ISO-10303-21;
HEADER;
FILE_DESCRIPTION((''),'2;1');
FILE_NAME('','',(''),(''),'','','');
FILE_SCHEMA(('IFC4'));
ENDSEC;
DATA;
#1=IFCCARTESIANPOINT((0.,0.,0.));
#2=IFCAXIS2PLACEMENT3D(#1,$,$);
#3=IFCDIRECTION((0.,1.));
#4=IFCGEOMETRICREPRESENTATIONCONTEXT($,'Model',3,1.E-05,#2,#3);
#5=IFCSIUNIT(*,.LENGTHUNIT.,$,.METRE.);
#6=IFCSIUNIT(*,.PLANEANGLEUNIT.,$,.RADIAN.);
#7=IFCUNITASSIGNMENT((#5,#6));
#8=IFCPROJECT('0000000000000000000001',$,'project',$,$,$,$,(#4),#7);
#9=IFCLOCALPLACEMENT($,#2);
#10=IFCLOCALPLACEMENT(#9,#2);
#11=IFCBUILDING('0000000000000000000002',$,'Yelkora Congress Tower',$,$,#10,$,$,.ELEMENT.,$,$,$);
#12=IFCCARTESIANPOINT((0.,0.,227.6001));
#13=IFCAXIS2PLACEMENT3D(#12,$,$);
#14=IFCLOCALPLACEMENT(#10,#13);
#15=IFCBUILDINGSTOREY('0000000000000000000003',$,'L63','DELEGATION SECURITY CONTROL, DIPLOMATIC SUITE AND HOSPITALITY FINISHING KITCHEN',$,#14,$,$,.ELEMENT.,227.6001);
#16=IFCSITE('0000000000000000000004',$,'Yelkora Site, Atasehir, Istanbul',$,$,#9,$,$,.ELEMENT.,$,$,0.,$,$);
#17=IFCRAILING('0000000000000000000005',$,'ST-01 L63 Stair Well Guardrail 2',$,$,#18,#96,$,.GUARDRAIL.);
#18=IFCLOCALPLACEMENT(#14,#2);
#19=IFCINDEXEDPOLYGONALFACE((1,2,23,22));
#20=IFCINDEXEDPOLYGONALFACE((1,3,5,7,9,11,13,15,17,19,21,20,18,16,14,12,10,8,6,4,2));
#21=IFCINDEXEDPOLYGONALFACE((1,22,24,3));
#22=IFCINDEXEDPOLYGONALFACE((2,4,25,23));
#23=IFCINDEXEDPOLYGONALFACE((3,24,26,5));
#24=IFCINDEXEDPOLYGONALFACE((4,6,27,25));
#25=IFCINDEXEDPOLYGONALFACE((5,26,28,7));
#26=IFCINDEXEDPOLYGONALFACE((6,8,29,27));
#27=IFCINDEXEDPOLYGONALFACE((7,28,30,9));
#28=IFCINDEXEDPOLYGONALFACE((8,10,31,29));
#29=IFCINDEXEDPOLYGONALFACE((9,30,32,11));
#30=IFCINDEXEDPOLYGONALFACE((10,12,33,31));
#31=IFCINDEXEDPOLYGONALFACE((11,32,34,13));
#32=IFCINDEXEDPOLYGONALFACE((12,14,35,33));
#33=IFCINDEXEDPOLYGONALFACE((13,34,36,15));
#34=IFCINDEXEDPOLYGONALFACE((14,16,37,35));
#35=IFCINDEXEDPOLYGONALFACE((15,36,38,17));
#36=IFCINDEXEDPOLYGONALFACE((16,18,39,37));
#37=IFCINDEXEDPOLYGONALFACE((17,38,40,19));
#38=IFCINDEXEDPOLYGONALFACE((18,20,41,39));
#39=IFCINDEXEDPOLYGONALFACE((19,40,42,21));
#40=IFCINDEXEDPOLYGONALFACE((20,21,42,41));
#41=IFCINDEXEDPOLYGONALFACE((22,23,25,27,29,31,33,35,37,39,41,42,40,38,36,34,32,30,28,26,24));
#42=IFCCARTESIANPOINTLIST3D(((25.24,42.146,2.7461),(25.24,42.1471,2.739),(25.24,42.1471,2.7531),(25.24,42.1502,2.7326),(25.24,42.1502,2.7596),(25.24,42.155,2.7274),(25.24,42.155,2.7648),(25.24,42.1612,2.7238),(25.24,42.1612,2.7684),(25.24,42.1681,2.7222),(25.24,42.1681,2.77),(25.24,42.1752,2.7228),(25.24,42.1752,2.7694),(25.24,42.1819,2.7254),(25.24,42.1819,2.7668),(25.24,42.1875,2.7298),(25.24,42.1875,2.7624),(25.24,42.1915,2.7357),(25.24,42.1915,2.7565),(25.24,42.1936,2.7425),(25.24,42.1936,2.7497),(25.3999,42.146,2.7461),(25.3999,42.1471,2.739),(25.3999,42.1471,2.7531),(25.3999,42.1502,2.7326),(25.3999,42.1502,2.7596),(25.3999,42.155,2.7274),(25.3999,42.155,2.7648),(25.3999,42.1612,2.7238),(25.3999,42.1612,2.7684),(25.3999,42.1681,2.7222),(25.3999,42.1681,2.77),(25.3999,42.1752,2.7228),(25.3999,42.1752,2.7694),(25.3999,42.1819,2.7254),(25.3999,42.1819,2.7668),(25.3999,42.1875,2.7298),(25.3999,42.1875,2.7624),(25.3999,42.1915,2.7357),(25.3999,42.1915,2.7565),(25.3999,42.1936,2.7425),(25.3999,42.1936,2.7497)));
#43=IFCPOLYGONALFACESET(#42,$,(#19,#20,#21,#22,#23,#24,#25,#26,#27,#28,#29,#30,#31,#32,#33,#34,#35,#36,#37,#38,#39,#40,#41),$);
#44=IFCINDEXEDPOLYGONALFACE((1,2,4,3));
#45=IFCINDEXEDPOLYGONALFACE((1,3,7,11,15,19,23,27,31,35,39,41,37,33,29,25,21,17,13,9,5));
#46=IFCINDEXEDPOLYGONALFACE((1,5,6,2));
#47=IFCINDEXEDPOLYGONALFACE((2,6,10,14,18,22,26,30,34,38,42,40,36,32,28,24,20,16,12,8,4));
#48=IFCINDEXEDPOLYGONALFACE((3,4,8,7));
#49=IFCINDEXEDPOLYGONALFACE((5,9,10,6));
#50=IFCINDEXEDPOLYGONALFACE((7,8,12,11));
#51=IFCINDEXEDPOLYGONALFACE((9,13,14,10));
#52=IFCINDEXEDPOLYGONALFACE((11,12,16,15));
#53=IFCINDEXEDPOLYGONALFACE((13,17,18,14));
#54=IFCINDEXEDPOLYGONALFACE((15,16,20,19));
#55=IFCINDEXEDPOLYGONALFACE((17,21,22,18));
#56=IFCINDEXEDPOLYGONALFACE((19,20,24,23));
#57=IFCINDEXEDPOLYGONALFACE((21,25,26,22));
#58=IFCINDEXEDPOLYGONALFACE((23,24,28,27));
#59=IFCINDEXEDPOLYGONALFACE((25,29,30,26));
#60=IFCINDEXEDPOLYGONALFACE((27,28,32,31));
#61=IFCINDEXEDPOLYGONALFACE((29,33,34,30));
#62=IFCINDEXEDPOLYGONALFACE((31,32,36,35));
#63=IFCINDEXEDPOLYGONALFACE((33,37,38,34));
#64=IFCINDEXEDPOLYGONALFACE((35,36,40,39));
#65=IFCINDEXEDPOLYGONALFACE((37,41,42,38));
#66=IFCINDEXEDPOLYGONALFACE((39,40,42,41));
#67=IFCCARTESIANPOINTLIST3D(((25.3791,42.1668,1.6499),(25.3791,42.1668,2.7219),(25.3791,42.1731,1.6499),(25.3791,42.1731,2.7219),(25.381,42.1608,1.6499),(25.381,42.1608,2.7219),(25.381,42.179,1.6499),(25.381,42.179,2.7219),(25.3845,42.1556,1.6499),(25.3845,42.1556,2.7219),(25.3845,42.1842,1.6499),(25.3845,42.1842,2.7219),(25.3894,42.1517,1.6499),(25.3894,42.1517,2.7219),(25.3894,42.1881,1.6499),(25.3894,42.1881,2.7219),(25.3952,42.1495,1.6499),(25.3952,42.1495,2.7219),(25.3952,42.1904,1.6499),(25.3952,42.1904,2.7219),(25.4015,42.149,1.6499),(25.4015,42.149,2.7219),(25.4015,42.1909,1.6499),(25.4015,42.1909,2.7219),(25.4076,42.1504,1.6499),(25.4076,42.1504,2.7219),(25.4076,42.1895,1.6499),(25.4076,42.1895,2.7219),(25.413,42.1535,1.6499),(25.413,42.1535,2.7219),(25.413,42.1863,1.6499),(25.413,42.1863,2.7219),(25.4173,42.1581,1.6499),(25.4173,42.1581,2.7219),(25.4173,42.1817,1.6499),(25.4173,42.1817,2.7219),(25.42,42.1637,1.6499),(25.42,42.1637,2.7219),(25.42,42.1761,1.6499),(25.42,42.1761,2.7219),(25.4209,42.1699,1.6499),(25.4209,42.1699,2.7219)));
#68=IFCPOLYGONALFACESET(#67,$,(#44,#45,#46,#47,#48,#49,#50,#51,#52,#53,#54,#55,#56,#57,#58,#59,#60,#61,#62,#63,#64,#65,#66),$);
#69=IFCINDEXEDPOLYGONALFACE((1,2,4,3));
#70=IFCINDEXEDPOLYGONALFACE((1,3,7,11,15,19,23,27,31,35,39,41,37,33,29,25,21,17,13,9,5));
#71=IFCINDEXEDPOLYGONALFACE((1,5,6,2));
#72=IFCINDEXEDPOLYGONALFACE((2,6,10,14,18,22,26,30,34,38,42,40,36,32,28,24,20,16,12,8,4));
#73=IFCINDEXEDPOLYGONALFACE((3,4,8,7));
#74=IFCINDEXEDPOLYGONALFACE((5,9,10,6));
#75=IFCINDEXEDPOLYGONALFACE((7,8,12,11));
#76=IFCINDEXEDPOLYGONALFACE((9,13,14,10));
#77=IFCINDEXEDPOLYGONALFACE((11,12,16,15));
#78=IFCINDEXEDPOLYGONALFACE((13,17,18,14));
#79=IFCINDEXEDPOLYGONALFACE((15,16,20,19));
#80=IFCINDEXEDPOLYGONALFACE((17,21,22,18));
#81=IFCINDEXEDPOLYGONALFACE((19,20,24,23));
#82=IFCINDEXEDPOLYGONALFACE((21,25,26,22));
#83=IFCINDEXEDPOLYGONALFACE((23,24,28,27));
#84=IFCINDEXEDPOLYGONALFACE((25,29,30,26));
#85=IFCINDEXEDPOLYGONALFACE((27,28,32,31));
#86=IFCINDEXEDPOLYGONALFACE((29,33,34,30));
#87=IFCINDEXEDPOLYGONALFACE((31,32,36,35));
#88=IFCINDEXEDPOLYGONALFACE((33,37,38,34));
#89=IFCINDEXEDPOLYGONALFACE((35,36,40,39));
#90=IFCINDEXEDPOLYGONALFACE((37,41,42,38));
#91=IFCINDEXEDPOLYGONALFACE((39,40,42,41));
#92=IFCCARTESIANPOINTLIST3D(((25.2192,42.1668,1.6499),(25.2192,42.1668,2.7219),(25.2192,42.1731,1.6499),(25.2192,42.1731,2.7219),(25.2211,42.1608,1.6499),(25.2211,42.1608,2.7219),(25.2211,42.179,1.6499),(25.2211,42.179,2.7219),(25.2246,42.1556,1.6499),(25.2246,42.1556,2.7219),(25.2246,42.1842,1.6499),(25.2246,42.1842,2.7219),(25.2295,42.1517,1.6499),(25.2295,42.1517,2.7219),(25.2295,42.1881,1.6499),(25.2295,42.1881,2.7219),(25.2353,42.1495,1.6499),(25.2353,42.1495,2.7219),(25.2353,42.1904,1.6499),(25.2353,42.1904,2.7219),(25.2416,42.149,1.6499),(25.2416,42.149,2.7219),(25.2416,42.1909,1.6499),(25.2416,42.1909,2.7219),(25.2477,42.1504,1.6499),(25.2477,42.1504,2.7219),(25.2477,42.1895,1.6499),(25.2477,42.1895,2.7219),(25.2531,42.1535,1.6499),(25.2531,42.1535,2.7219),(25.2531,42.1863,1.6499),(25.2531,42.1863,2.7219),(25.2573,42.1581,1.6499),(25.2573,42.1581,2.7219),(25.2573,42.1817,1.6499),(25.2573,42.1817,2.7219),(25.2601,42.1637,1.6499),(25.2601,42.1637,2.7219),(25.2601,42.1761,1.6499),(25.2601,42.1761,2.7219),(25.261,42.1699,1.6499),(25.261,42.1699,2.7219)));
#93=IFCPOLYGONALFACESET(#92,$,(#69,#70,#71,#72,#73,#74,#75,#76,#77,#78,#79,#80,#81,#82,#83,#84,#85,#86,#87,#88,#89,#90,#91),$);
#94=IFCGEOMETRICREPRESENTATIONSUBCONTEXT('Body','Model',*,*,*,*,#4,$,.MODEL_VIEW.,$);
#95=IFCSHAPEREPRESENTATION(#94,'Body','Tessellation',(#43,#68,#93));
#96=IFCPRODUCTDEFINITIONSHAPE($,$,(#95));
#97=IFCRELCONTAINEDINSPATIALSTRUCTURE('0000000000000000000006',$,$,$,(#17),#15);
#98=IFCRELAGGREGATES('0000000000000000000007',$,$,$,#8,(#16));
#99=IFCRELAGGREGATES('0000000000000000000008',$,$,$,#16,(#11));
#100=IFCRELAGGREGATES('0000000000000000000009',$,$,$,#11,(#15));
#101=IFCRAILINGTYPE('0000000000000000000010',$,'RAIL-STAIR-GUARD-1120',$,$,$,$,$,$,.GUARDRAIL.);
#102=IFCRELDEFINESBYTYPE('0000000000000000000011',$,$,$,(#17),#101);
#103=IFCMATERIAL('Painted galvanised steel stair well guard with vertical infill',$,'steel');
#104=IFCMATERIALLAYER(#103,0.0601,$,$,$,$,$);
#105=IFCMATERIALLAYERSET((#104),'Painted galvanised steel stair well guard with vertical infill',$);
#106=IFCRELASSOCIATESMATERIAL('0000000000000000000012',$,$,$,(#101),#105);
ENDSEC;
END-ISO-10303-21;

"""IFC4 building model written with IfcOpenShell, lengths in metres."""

from ifc_helpers import new_model, si_unit, direction, frame, origin, origin_2d, place, context, subcontext, project, spatial, circle, extrude, material, layer, layer_set, type_object, element, save


model = new_model("IFC4")

# Units and contexts
model_context = context("Model", 3, precision=1e-05, world=origin(), true_north=direction((0.0, 1.0)))
body_context = subcontext(model_context, "Body", "Model", "MODEL_VIEW")
ifc_project = project(units=[si_unit("LENGTHUNIT", "METRE"), si_unit("PLANEANGLEUNIT", "RADIAN")], contexts=[model_context])

# Site, building, storey
site_placement = place(None, origin())
site = spatial("IfcSite", under=ifc_project, at=site_placement, Name="Yelkora Site, Atasehir, Istanbul", CompositionType="ELEMENT", RefElevation=0.0)
building_placement = place(site_placement, origin())
building = spatial("IfcBuilding", under=site, at=building_placement, Name="Yelkora Congress Tower", CompositionType="ELEMENT")
storey_placement = place(building_placement, frame((0.0, 0.0, 227.6001)))
storey = spatial("IfcBuildingStorey", under=building, at=storey_placement, Name="L63", Description="DELEGATION SECURITY CONTROL, DIPLOMATIC SUITE AND HOSPITALITY FINISHING KITCHEN", CompositionType="ELEMENT", Elevation=227.6001)

# Railing
ifc_material_1 = material(Name="Painted galvanised steel stair well guard with vertical infill", Category="steel")
ifc_layer_1 = layer(ifc_material_1, 0.0601)
ifc_layer_set_1 = layer_set([ifc_layer_1], Name="Painted galvanised steel stair well guard with vertical infill")
railing_type = type_object("IfcRailingType", Name="RAIL-STAIR-GUARD-1120", PredefinedType="GUARDRAIL", material=ifc_layer_set_1)
railing_1_placement = place(storey_placement, frame((25.3999, 42.1699, 1.6499)))
element("IfcRailing", 1, at=railing_1_placement, inside=storey, type_object=railing_type, Name="ST-01 L63 Stair Well Guardrail 2", PredefinedType="GUARDRAIL", context=body_context, shape_type="SweptSolid", body=[
    extrude(circle(Radius=0.0239, at=origin_2d()), frame((0.0, 0.0, 1.0962), z_axis=(-1.0, 0.0, 0.0), x_axis=(0.0, -1.0, 0.0)), (0.0, 0.0, 1.0), 0.1599),
    extrude(circle(Radius=0.021, at=origin_2d()), origin(), (0.0, 0.0, 1.0), 1.072),
    extrude(circle(Radius=0.021, at=origin_2d()), frame((-0.1599, 0.0, 0.0)), (0.0, 0.0, 1.0), 1.072),
])

save(model, "model.ifc")
